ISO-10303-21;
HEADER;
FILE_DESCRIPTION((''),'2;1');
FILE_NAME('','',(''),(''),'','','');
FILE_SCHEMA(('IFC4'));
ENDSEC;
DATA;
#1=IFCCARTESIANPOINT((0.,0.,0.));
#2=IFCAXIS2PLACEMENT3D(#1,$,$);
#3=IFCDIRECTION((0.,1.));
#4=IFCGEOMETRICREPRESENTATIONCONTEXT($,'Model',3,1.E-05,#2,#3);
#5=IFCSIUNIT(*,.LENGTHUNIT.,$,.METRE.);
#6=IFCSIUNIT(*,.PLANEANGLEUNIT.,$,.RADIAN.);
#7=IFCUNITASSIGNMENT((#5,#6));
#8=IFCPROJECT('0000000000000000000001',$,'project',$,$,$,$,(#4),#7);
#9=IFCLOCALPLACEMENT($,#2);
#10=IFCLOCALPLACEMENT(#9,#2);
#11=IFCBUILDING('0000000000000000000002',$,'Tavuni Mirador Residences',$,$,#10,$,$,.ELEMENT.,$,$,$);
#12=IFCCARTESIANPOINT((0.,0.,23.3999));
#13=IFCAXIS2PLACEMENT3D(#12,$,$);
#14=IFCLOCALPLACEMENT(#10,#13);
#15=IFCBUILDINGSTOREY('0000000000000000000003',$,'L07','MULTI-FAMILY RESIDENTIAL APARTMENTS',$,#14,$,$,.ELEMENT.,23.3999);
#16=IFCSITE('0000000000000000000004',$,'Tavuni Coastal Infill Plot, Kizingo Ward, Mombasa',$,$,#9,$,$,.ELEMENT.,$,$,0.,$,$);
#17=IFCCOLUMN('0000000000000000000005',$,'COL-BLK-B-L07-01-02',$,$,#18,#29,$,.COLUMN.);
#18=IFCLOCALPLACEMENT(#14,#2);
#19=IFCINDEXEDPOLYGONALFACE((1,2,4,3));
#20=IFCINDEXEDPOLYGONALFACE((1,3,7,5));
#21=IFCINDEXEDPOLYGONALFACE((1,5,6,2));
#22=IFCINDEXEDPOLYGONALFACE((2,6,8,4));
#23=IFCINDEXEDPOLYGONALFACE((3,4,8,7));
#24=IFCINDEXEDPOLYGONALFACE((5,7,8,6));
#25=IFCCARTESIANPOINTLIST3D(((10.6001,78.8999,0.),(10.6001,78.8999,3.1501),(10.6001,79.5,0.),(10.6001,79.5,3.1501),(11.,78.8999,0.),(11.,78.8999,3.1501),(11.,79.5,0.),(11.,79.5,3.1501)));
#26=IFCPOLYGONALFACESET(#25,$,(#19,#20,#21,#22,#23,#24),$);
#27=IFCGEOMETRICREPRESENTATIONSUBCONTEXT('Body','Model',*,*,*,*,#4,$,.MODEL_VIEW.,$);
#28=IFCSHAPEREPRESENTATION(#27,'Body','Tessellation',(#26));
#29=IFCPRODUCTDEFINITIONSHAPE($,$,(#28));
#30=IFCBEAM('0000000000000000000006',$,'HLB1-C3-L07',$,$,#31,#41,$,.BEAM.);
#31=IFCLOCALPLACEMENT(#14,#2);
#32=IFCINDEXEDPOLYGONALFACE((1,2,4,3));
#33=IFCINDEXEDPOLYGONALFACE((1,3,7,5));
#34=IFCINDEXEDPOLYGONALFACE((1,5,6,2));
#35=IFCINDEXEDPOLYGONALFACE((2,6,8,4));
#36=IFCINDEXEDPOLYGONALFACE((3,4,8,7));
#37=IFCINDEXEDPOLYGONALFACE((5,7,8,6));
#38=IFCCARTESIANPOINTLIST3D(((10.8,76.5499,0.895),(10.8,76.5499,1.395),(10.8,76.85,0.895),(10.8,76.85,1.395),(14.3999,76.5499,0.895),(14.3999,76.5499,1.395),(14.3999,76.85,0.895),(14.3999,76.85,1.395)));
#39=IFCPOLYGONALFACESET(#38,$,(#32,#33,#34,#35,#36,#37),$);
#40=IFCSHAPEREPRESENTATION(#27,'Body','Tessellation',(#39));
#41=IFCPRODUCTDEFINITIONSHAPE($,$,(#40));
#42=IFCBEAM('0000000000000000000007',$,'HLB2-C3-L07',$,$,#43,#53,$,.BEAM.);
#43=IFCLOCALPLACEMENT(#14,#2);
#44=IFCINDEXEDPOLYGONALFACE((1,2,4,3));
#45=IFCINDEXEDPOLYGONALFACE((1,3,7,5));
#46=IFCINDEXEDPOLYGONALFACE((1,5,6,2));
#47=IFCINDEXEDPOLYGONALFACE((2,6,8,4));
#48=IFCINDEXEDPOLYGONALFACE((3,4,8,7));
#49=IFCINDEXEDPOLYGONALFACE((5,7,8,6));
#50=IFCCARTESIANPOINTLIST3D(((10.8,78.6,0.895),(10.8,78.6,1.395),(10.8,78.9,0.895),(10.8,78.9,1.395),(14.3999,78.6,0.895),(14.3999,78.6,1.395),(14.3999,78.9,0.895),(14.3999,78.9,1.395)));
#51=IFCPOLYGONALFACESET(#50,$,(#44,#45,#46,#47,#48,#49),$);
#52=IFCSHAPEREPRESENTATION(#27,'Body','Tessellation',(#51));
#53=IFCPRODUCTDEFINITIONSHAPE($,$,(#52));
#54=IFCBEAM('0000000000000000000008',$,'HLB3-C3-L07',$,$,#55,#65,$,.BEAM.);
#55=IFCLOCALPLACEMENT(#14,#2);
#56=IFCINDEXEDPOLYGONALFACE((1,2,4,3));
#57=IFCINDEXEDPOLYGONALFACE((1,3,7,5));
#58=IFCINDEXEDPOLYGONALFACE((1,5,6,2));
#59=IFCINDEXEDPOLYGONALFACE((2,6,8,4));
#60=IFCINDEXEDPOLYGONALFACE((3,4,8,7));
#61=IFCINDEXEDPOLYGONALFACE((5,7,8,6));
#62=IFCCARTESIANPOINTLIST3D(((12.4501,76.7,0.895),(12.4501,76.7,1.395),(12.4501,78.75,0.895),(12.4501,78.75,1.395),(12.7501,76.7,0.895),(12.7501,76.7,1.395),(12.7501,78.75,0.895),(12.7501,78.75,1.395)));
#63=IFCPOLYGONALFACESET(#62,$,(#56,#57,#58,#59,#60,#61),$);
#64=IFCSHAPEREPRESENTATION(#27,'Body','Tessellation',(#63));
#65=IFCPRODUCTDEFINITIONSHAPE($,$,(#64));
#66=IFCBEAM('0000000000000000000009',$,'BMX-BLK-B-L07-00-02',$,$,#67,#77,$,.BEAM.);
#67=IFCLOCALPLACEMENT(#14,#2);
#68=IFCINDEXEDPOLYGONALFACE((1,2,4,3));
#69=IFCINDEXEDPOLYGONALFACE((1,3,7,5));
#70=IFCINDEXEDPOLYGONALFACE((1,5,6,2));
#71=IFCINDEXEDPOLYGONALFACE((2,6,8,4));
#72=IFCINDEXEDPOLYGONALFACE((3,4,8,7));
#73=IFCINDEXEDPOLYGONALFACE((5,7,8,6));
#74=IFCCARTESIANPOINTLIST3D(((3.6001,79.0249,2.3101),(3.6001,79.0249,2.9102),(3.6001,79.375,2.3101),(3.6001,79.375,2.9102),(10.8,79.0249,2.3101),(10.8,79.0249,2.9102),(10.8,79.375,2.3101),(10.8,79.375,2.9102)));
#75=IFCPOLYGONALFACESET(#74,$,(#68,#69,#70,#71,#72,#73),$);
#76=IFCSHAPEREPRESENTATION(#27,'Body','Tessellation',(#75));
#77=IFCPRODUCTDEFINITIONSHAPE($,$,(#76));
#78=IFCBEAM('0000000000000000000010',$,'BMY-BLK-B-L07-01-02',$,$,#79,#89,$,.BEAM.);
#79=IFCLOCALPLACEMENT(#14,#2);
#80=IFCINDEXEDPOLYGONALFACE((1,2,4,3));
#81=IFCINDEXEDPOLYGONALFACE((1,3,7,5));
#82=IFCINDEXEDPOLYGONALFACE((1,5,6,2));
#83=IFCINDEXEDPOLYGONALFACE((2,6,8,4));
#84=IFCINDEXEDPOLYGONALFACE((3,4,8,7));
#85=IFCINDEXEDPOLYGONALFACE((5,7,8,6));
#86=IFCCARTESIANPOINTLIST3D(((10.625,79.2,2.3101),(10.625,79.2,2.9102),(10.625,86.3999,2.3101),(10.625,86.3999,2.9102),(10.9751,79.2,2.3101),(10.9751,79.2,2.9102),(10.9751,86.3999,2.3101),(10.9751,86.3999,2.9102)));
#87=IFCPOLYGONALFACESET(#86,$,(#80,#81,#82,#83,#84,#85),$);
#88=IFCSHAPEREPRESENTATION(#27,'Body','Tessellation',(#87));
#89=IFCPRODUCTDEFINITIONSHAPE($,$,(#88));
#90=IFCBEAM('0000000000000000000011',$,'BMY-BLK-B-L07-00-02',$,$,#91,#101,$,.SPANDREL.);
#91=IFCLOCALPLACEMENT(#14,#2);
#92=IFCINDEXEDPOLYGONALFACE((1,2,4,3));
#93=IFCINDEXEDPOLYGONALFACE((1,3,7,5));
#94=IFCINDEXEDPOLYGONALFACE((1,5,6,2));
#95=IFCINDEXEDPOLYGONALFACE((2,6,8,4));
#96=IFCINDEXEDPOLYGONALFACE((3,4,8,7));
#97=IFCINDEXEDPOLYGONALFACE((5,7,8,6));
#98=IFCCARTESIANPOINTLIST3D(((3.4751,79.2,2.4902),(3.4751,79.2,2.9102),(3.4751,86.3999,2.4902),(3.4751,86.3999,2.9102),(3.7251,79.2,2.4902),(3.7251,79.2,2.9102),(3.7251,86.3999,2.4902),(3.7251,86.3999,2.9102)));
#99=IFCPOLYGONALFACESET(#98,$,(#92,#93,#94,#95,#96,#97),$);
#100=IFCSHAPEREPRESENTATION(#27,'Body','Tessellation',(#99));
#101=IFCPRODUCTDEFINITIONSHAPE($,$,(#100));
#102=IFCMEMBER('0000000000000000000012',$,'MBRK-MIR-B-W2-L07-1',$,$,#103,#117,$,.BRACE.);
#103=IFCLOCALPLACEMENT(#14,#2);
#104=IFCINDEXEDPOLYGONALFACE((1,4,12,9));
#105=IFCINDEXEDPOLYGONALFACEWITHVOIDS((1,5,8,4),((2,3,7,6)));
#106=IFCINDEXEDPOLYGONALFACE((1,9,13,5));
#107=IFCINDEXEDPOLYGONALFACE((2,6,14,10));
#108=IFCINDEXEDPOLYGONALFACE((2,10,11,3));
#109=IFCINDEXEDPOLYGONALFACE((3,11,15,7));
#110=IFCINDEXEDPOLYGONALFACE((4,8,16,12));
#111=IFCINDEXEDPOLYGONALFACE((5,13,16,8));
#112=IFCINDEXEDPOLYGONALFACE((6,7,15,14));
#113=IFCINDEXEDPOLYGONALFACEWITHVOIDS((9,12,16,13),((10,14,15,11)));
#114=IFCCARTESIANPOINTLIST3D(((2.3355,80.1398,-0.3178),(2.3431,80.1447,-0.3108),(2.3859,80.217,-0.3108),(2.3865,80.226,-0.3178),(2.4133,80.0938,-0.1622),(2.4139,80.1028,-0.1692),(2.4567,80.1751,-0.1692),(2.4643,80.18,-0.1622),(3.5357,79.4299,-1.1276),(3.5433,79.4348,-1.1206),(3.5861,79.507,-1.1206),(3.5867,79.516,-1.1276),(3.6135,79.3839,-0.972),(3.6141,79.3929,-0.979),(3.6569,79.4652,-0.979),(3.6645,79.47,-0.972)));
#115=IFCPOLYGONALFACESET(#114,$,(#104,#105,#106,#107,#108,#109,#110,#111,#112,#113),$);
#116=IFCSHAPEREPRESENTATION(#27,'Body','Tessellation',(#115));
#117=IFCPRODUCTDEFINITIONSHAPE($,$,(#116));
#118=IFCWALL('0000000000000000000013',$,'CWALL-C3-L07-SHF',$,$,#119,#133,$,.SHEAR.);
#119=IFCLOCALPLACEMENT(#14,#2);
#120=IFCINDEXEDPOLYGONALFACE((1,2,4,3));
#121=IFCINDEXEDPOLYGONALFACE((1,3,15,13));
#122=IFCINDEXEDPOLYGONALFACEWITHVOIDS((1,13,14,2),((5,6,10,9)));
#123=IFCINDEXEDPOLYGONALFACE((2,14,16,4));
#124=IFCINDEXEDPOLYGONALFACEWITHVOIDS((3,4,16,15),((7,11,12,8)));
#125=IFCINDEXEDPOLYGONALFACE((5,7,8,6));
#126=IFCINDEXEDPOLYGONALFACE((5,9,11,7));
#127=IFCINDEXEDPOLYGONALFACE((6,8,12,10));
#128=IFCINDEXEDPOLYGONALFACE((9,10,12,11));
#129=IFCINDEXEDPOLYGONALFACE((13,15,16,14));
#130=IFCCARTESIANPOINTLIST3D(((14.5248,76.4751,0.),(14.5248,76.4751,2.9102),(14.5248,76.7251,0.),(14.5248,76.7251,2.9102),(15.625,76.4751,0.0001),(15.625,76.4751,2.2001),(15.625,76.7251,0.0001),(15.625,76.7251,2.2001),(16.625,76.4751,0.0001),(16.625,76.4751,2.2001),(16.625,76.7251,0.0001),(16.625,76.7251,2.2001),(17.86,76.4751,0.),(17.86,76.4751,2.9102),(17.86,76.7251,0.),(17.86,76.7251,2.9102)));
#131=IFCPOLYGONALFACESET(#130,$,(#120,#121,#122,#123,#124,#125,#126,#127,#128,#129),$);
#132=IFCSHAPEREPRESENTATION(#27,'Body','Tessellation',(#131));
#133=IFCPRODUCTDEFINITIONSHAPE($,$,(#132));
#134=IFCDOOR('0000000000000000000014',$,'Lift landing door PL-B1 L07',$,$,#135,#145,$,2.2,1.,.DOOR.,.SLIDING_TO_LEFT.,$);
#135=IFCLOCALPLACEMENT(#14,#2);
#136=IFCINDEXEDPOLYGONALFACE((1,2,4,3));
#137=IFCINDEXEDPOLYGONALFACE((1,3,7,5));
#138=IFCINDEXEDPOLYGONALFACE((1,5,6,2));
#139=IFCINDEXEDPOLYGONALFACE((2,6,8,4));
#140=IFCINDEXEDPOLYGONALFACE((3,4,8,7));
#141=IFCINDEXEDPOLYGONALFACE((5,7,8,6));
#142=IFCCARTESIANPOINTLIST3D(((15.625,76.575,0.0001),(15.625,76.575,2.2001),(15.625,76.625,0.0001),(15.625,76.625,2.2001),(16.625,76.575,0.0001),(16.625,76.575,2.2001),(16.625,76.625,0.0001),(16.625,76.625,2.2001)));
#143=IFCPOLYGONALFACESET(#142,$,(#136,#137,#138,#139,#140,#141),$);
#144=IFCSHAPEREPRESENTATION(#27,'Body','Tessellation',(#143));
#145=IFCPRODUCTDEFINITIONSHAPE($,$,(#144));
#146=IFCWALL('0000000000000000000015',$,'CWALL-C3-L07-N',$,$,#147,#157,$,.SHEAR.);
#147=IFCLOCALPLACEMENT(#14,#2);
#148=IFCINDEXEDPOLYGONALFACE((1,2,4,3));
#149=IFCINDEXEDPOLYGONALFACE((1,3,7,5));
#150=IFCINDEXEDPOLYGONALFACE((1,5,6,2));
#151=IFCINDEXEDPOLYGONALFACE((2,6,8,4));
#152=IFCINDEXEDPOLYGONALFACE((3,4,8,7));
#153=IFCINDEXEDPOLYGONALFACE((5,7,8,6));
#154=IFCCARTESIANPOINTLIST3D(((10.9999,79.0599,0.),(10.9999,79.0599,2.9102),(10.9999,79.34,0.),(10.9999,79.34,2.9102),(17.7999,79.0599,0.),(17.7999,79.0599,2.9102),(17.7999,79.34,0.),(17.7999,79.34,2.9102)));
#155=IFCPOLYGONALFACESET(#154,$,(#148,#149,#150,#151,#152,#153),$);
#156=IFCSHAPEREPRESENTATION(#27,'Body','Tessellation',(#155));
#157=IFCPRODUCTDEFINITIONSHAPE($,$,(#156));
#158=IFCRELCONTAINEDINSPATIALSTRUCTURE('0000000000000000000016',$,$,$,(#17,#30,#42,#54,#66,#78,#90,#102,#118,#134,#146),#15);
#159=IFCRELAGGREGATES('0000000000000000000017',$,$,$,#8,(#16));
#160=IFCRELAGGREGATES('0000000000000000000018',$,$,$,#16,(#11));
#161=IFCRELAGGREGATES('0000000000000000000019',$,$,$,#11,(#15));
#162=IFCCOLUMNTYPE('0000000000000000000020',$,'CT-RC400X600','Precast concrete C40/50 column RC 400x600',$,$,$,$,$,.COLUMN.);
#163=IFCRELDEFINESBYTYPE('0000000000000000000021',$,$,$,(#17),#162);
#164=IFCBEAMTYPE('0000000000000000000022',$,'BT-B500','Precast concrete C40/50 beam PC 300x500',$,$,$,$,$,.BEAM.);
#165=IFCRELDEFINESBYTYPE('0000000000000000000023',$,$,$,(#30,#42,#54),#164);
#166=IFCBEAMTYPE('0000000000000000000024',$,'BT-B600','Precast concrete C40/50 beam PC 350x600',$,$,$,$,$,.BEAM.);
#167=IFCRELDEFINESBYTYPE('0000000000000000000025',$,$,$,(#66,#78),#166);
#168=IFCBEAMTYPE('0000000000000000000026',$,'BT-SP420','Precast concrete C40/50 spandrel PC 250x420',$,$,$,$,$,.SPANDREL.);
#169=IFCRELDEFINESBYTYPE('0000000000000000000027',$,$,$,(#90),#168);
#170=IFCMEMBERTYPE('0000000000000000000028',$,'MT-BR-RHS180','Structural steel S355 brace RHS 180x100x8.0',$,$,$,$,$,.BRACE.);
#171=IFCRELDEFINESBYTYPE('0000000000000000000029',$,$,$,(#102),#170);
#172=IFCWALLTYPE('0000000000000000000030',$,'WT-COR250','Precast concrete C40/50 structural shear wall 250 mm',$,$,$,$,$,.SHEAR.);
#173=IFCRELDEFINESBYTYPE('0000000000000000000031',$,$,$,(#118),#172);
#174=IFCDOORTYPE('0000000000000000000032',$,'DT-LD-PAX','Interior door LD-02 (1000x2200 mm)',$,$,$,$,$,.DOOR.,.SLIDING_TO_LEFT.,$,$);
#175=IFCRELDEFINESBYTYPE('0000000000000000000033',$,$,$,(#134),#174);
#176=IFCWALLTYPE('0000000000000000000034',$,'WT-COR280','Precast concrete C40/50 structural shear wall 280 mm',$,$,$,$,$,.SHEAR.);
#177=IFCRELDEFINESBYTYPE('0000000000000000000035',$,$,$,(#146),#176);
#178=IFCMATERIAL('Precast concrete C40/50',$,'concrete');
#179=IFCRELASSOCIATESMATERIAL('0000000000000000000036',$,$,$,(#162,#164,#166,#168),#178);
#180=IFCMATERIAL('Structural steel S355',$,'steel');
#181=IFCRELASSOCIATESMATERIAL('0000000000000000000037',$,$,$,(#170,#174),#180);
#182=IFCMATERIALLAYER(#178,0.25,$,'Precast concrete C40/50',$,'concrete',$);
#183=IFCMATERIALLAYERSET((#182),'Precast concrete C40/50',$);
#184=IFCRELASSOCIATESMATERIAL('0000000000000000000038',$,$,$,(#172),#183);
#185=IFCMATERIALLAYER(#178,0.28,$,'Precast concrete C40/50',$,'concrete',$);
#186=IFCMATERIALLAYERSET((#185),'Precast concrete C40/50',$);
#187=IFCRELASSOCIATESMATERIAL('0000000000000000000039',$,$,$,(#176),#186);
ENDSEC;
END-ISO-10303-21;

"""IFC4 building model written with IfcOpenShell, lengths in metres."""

from ifc_helpers import new_model, si_unit, direction, frame, frame_2d, origin, origin_2d, place, context, subcontext, project, spatial, rectangle, hollow_rectangle, extrude, material, layer, layer_set, material_profile, profile_set, type_object, element, fill, save


model = new_model("IFC4")

# Units and contexts
model_context = context("Model", 3, precision=1e-05, world=origin(), true_north=direction((0.0, 1.0)))
body_context = subcontext(model_context, "Body", "Model", "MODEL_VIEW")
ifc_project = project(units=[si_unit("LENGTHUNIT", "METRE"), si_unit("PLANEANGLEUNIT", "RADIAN")], contexts=[model_context])

# Site, building, storey
site_placement = place(None, origin())
site = spatial("IfcSite", under=ifc_project, at=site_placement, Name="Tavuni Coastal Infill Plot, Kizingo Ward, Mombasa", CompositionType="ELEMENT", RefElevation=0.0)
building_placement = place(site_placement, origin())
building = spatial("IfcBuilding", under=site, at=building_placement, Name="Tavuni Mirador Residences", CompositionType="ELEMENT")
storey_placement = place(building_placement, frame((0.0, 0.0, 23.3999)))
storey = spatial("IfcBuildingStorey", under=building, at=storey_placement, Name="L07", Description="MULTI-FAMILY RESIDENTIAL APARTMENTS", CompositionType="ELEMENT", Elevation=23.3999)

# Column
ifc_material_1 = material(Name="Precast concrete C40/50", Category="concrete")
ifc_material_profile_1 = material_profile(ifc_material_1, rectangle(XDim=0.3999, YDim=0.6001, at=origin_2d()), Name="RC 400x600", Category="concrete")
ifc_profile_set_1 = profile_set([ifc_material_profile_1], Name="Precast concrete C40/50")
column_type = type_object("IfcColumnType", Name="CT-RC400X600", Description="Precast concrete C40/50 column RC 400x600", PredefinedType="COLUMN", material=ifc_profile_set_1)
column_placement = place(storey_placement, frame((10.8, 79.2, 0.0), z_axis=(0.0, 0.0, 1.0), x_axis=(1.0, 0.0, 0.0)))
element("IfcColumn", 1, at=column_placement, inside=storey, type_object=column_type, Name="COL-BLK-B-L07-01-02", PredefinedType="COLUMN", context=body_context, shape_type="SweptSolid", body=[
    extrude(rectangle(XDim=0.3999, YDim=0.6001, at=origin_2d()), origin(), (0.0, 0.0, 1.0), 3.1501),
])

# Beams
ifc_material_profile_2 = material_profile(ifc_material_1, rectangle(XDim=0.3, YDim=0.5, at=origin_2d()), Name="PC 300x500", Category="concrete")
ifc_profile_set_2 = profile_set([ifc_material_profile_2], Name="Precast concrete C40/50")
beam_type_1 = type_object("IfcBeamType", Name="BT-B500", Description="Precast concrete C40/50 beam PC 300x500", PredefinedType="BEAM", material=ifc_profile_set_2)
for number, where, z_axis, x_axis, name in (
    (2, (10.8, 76.7, 1.145), (1.0, 0.0, 0.0), (0.0, 1.0, 0.0), "HLB1-C3-L07"),
    (3, (10.8, 78.75, 1.145), (1.0, 0.0, 0.0), (0.0, 1.0, 0.0), "HLB2-C3-L07"),
):
    element("IfcBeam", number, at=place(storey_placement, frame(where, z_axis=z_axis, x_axis=x_axis)), inside=storey, type_object=beam_type_1, Name=name, PredefinedType="BEAM", context=body_context, shape_type="SweptSolid", body=[
        extrude(rectangle(XDim=0.3, YDim=0.5, at=origin_2d()), origin(), (0.0, 0.0, 1.0), 3.5999),
    ])
beam_1_placement = place(storey_placement, frame((12.6001, 76.7, 1.145), z_axis=(0.0, 1.0, 0.0), x_axis=(-1.0, 0.0, 0.0)))
element("IfcBeam", 4, at=beam_1_placement, inside=storey, type_object=beam_type_1, Name="HLB3-C3-L07", PredefinedType="BEAM", context=body_context, shape_type="SweptSolid", body=[
    extrude(rectangle(XDim=0.3, YDim=0.5, at=origin_2d()), origin(), (0.0, 0.0, 1.0), 2.05),
])
ifc_material_profile_3 = material_profile(ifc_material_1, rectangle(XDim=0.3501, YDim=0.6001, at=origin_2d()), Name="PC 350x600", Category="concrete")
ifc_profile_set_3 = profile_set([ifc_material_profile_3], Name="Precast concrete C40/50")
beam_type_2 = type_object("IfcBeamType", Name="BT-B600", Description="Precast concrete C40/50 beam PC 350x600", PredefinedType="BEAM", material=ifc_profile_set_3)
for number, where, z_axis, x_axis, name in (
    (5, (3.6001, 79.2, 2.6101), (1.0, 0.0, 0.0), (0.0, 1.0, 0.0), "BMX-BLK-B-L07-00-02"),
    (6, (10.8, 79.2, 2.6101), (0.0, 1.0, 0.0), (-1.0, 0.0, 0.0), "BMY-BLK-B-L07-01-02"),
):
    element("IfcBeam", number, at=place(storey_placement, frame(where, z_axis=z_axis, x_axis=x_axis)), inside=storey, type_object=beam_type_2, Name=name, PredefinedType="BEAM", context=body_context, shape_type="SweptSolid", body=[
        extrude(rectangle(XDim=0.3501, YDim=0.6001, at=origin_2d()), origin(), (0.0, 0.0, 1.0), 7.2),
    ])
ifc_material_profile_4 = material_profile(ifc_material_1, rectangle(XDim=0.25, YDim=0.4199, at=origin_2d()), Name="PC 250x420", Category="concrete")
ifc_profile_set_4 = profile_set([ifc_material_profile_4], Name="Precast concrete C40/50")
beam_type_3 = type_object("IfcBeamType", Name="BT-SP420", Description="Precast concrete C40/50 spandrel PC 250x420", PredefinedType="SPANDREL", material=ifc_profile_set_4)
beam_2_placement = place(storey_placement, frame((3.6001, 79.2, 2.7002), z_axis=(0.0, 1.0, 0.0), x_axis=(-1.0, 0.0, 0.0)))
element("IfcBeam", 7, at=beam_2_placement, inside=storey, type_object=beam_type_3, Name="BMY-BLK-B-L07-00-02", PredefinedType="SPANDREL", context=body_context, shape_type="SweptSolid", body=[
    extrude(rectangle(XDim=0.25, YDim=0.4199, at=origin_2d()), origin(), (0.0, 0.0, 1.0), 7.2),
])

# Member
ifc_material_2 = material(Name="Structural steel S355", Category="steel")
ifc_material_profile_5 = material_profile(ifc_material_2, hollow_rectangle(XDim=0.1001, YDim=0.1799, WallThickness=0.0081, at=origin_2d()), Name="RHS 180x100x8.0", Category="steel")
ifc_profile_set_5 = profile_set([ifc_material_profile_5], Name="Structural steel S355")
member_type = type_object("IfcMemberType", Name="MT-BR-RHS180", Description="Structural steel S355 brace RHS 180x100x8.0", PredefinedType="BRACE", material=ifc_profile_set_5)
member_placement = place(storey_placement, frame((3.6001, 79.45, -1.0498), z_axis=(-0.744285, 0.440273, 0.502195), x_axis=(-0.50913, -0.860689, 0.0)))
element("IfcMember", 8, at=member_placement, inside=storey, type_object=member_type, Name="MBRK-MIR-B-W2-L07-1", PredefinedType="BRACE", context=body_context, shape_type="SweptSolid", body=[
    extrude(hollow_rectangle(XDim=0.1001, YDim=0.1799, WallThickness=0.0081, at=origin_2d()), origin(), (0.0, 0.0, 1.0), 1.6125),
])

# Wall, opening, door
ifc_layer_1 = layer(ifc_material_1, 0.25, Name="Precast concrete C40/50", Category="concrete")
ifc_layer_set_1 = layer_set([ifc_layer_1], Name="Precast concrete C40/50")
wall_type_1 = type_object("IfcWallType", Name="WT-COR250", Description="Precast concrete C40/50 structural shear wall 250 mm", PredefinedType="SHEAR", material=ifc_layer_set_1)
wall_1_placement = place(storey_placement, frame((14.5249, 76.6001, 0.0), z_axis=(0.0, 0.0, 1.0), x_axis=(1.0, 0.0, 0.0)))
wall_1 = element("IfcWall", 9, at=wall_1_placement, inside=storey, type_object=wall_type_1, Name="CWALL-C3-L07-SHF", PredefinedType="SHEAR", context=body_context, shape_type="SweptSolid", body=[
    extrude(rectangle(XDim=3.3352, YDim=0.25, at=frame_2d((1.6675, 0.0))), origin(), (0.0, 0.0, 1.0), 2.9102),
])
opening_1_placement = place(wall_1_placement, frame((1.1001, 0.0, 0.0)))
opening_1 = element("IfcOpeningElement", 10, at=opening_1_placement, cuts=wall_1, PredefinedType="OPENING", context=body_context, shape_type="SweptSolid", body=[
    extrude(rectangle(XDim=1.0, YDim=2.2, at=frame_2d((0.5, 1.1001))), frame((0.0, 0.135, 0.0), z_axis=(0.0, -1.0, 0.0), x_axis=(1.0, 0.0, 0.0)), (0.0, 0.0, 1.0), 0.27),
])
door_type_1 = type_object("IfcDoorType", Name="DT-LD-PAX", Description="Interior door LD-02 (1000x2200 mm)", OperationType="SLIDING_TO_LEFT", PredefinedType="DOOR", material=ifc_material_2)
door_1_placement = place(opening_1_placement, origin())
door_1 = element("IfcDoor", 11, at=door_1_placement, inside=storey, type_object=door_type_1, Name="Lift landing door PL-B1 L07", OperationType="SLIDING_TO_LEFT", OverallHeight=2.2, OverallWidth=1.0, PredefinedType="DOOR", context=body_context, shape_type="SweptSolid", body=[
    extrude(rectangle(XDim=1.0, YDim=2.2, at=frame_2d((0.5, 1.1001))), frame((0.0, 0.0249, 0.0), z_axis=(0.0, -1.0, 0.0), x_axis=(1.0, 0.0, 0.0)), (0.0, 0.0, 1.0), 0.05),
])
fill(opening_1, door_1)

# Wall
ifc_layer_2 = layer(ifc_material_1, 0.28, Name="Precast concrete C40/50", Category="concrete")
ifc_layer_set_2 = layer_set([ifc_layer_2], Name="Precast concrete C40/50")
wall_type_2 = type_object("IfcWallType", Name="WT-COR280", Description="Precast concrete C40/50 structural shear wall 280 mm", PredefinedType="SHEAR", material=ifc_layer_set_2)
wall_2_placement = place(storey_placement, frame((11.0, 79.2, 0.0), z_axis=(0.0, 0.0, 1.0), x_axis=(1.0, 0.0, 0.0)))
element("IfcWall", 12, at=wall_2_placement, inside=storey, type_object=wall_type_2, Name="CWALL-C3-L07-N", PredefinedType="SHEAR", context=body_context, shape_type="SweptSolid", body=[
    extrude(rectangle(XDim=6.8, YDim=0.28, at=frame_2d((3.3999, 0.0))), origin(), (0.0, 0.0, 1.0), 2.9102),
])

save(model, "model.ifc")
